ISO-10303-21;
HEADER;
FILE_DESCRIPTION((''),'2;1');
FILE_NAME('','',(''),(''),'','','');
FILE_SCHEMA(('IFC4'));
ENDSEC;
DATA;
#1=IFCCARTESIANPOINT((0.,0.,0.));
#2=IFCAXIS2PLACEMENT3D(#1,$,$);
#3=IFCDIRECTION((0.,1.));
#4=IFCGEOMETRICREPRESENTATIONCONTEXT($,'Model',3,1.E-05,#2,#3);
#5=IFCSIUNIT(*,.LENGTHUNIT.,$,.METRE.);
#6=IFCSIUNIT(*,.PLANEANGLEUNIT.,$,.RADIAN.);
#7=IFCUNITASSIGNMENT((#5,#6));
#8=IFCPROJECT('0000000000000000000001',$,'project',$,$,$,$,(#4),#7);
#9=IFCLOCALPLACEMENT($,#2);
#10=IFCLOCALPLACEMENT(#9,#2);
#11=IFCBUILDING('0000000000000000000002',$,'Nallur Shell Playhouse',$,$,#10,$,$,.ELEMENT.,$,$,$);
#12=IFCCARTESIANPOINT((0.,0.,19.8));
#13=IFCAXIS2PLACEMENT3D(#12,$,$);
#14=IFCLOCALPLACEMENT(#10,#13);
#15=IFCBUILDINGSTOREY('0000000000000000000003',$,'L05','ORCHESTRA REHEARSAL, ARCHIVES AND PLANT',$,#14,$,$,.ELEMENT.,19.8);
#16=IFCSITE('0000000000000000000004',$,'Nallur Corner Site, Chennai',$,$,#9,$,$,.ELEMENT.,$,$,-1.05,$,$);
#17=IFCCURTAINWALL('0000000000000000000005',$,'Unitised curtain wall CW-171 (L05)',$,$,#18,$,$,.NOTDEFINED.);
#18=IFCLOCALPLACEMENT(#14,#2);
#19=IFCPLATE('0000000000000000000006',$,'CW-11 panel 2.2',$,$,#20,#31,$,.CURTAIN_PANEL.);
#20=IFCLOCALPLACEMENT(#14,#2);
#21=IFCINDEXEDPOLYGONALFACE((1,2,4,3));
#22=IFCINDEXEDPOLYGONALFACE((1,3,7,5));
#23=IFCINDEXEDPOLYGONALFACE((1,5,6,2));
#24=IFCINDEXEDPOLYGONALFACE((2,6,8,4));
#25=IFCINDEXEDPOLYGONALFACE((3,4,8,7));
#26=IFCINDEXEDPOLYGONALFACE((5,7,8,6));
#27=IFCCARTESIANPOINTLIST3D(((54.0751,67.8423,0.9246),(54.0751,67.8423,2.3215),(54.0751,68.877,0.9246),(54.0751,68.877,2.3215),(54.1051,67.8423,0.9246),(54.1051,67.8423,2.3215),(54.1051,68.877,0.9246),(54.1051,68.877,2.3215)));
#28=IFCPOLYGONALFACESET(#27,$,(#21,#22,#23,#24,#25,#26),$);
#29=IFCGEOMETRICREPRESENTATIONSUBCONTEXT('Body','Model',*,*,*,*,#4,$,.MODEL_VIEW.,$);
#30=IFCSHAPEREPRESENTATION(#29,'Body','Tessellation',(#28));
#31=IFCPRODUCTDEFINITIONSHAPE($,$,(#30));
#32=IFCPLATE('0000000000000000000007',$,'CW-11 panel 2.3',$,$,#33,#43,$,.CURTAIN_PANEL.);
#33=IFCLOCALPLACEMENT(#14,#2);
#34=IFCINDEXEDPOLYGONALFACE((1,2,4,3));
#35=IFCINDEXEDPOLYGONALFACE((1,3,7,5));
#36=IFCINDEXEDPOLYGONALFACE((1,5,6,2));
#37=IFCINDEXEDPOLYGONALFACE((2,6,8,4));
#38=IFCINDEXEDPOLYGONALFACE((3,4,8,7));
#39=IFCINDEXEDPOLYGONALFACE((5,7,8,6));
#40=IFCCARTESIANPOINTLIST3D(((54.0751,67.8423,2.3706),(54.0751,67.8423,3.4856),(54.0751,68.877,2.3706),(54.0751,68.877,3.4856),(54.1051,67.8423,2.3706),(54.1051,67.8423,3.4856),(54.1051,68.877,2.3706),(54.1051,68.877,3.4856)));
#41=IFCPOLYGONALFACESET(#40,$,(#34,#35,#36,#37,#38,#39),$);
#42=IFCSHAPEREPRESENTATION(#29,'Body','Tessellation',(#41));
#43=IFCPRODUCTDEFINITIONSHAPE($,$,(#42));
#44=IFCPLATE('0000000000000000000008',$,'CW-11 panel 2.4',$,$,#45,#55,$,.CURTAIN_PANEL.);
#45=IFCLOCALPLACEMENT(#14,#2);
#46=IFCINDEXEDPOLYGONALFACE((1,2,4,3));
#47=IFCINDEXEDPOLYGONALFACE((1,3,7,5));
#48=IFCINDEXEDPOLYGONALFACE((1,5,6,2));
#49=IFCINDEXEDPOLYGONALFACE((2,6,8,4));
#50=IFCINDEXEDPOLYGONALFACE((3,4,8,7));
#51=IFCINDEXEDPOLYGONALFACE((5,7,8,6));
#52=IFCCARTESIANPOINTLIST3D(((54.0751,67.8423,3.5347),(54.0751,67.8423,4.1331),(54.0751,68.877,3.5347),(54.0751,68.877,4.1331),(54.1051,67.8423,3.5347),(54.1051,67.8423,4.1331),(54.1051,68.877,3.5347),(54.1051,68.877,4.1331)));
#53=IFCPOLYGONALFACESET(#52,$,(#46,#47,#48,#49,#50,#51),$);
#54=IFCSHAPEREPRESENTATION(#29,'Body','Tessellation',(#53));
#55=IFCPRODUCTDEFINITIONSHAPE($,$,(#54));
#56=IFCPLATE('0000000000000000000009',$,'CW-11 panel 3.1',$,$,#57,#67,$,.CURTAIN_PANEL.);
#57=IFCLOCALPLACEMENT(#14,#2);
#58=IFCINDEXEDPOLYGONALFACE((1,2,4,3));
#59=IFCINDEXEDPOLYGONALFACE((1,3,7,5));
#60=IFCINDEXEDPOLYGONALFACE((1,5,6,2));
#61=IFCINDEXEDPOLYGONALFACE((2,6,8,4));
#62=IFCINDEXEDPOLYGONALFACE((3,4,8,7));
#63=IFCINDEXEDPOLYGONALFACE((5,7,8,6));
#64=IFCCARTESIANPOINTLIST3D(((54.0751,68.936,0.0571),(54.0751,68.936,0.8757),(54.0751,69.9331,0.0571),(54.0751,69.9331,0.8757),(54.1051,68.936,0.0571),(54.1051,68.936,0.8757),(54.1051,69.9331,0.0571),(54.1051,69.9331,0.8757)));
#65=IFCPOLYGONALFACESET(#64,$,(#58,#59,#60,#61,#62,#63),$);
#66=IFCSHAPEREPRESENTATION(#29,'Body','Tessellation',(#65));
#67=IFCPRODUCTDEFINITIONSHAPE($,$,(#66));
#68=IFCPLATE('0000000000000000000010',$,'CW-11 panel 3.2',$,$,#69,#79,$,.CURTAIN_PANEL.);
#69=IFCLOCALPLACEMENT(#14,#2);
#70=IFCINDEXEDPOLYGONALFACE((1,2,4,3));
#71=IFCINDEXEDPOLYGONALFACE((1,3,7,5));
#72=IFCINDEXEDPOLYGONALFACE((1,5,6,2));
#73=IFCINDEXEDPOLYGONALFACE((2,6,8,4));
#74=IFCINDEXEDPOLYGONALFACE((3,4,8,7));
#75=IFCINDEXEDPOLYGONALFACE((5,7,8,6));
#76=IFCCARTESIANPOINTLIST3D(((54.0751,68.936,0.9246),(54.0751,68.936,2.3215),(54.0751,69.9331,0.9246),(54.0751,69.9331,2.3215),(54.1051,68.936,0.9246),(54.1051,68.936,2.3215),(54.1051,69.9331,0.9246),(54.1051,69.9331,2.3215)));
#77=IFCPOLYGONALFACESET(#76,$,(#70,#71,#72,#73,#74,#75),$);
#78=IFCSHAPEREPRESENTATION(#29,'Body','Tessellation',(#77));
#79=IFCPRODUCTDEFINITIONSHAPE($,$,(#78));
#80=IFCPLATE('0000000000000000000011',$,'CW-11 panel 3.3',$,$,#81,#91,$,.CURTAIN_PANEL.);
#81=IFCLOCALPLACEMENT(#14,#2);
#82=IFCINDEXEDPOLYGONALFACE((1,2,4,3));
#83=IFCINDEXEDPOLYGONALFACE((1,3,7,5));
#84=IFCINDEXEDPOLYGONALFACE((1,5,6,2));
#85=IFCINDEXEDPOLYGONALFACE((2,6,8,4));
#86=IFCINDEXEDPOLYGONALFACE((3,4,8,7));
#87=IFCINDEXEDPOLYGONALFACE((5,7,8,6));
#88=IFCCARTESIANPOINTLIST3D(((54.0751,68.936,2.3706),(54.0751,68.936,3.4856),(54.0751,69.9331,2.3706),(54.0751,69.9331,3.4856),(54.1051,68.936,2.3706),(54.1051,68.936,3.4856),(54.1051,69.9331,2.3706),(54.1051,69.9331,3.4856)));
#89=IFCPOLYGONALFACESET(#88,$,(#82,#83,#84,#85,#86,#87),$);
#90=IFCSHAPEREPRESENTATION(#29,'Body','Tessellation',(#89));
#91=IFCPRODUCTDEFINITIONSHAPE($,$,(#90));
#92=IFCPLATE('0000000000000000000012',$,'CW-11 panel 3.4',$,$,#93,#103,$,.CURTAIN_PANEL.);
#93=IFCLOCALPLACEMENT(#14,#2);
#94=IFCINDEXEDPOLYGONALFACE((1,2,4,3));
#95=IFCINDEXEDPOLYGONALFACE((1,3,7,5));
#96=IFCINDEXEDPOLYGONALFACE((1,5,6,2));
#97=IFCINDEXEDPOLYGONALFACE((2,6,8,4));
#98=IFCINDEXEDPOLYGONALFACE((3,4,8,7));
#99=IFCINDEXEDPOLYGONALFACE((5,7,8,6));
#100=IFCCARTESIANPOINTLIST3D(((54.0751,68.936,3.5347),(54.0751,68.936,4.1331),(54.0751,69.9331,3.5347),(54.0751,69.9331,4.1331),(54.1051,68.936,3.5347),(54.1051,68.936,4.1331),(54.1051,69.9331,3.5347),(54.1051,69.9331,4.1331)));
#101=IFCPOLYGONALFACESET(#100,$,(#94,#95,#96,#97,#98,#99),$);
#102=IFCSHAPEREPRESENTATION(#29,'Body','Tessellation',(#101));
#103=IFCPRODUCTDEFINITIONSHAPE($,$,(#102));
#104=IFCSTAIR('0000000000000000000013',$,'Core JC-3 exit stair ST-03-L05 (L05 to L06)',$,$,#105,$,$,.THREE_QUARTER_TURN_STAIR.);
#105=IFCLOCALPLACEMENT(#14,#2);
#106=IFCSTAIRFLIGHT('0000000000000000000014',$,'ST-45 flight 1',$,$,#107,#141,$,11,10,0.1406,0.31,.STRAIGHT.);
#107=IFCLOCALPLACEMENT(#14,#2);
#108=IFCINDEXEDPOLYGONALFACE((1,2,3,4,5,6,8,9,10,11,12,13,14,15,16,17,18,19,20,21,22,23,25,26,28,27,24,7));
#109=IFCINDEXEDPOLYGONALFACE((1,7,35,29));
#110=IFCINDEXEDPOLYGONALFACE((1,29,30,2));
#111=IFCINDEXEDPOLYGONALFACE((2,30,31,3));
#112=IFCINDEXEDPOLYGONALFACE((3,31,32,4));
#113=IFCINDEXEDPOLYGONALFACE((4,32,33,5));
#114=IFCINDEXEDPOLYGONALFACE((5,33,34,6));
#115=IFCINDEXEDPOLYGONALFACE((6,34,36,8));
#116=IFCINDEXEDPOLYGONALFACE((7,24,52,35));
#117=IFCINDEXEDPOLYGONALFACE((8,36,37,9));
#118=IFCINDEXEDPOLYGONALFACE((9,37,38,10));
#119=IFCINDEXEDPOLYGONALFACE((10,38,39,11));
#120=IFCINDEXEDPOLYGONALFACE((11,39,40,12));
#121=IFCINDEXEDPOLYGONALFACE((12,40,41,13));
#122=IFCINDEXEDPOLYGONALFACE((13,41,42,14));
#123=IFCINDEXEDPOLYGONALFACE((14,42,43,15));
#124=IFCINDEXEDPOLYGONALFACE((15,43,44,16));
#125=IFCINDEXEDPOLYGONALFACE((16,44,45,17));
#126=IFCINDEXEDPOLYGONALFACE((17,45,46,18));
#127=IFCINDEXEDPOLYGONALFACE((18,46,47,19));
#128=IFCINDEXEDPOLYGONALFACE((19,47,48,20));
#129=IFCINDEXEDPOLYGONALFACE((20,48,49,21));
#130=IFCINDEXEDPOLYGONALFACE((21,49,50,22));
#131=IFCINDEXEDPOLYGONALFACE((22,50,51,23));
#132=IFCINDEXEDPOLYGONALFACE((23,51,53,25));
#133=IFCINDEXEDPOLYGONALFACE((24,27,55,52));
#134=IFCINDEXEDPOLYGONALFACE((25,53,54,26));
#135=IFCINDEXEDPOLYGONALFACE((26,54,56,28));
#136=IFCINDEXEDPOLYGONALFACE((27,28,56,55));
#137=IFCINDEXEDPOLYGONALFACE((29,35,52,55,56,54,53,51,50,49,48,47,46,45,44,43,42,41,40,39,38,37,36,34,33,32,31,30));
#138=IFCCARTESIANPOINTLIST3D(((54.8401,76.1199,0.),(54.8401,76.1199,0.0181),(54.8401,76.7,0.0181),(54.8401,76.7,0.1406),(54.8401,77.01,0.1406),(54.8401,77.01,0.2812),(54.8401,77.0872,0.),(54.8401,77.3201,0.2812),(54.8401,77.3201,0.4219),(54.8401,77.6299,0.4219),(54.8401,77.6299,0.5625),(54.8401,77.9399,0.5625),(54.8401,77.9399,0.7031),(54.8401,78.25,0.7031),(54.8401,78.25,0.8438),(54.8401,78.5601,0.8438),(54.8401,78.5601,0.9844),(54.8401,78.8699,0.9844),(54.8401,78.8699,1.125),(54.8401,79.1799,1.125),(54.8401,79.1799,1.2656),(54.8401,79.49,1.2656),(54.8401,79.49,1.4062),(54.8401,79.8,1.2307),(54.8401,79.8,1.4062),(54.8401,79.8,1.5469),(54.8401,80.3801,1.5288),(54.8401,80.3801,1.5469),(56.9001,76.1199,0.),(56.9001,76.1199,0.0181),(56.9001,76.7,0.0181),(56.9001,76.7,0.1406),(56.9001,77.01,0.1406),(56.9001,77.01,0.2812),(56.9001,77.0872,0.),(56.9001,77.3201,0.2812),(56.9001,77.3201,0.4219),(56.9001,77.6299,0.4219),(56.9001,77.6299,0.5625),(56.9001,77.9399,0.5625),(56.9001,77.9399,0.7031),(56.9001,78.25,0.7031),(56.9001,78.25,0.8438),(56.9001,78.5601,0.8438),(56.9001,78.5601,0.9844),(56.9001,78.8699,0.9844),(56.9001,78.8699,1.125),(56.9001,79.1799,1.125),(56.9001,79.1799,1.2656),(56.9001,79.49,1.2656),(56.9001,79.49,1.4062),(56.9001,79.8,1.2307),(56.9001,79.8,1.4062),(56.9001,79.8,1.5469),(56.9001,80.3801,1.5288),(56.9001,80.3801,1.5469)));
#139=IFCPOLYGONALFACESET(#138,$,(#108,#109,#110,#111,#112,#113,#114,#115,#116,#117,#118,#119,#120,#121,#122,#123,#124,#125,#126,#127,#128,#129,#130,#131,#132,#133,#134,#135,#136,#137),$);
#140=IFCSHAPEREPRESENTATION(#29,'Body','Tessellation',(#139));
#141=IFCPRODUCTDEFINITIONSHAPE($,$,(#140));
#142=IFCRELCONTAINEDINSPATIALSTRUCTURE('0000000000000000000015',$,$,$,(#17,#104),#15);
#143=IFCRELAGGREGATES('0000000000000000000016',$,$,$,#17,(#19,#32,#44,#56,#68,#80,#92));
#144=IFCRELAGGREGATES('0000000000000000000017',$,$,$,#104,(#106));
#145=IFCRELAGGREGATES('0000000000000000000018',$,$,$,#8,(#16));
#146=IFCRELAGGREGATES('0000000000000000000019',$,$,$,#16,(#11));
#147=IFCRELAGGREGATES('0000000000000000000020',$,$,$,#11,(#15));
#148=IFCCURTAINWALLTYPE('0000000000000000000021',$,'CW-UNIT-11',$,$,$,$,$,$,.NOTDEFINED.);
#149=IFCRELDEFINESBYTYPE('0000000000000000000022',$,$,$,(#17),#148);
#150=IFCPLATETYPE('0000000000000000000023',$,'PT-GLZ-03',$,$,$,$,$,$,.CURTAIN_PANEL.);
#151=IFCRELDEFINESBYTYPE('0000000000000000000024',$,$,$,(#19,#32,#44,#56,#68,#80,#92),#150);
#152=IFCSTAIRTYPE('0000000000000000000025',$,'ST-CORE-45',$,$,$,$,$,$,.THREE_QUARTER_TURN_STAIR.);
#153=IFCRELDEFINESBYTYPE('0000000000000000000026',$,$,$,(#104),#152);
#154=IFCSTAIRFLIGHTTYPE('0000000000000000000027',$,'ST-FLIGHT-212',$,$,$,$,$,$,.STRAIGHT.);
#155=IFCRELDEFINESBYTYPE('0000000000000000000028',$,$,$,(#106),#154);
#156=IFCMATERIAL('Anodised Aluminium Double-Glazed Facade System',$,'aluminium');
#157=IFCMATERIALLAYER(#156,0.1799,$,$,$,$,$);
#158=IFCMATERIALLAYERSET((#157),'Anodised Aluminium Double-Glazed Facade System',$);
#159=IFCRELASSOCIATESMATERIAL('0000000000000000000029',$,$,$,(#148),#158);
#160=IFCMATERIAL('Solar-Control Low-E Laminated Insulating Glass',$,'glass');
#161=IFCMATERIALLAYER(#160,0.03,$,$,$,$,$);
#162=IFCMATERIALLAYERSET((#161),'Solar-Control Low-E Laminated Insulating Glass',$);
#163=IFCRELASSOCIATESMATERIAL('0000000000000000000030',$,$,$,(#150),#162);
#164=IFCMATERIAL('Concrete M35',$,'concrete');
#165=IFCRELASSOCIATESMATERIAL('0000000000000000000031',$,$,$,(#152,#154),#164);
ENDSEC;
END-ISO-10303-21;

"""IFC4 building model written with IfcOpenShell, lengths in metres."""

from ifc_helpers import new_model, si_unit, direction, frame, origin, origin_2d, place, context, subcontext, project, spatial, polyline, rectangle, outline, extrude, material, layer, layer_set, type_object, element, aggregate, save


model = new_model("IFC4")

# Units and contexts
model_context = context("Model", 3, precision=1e-05, world=origin(), true_north=direction((0.0, 1.0)))
body_context = subcontext(model_context, "Body", "Model", "MODEL_VIEW")
ifc_project = project(units=[si_unit("LENGTHUNIT", "METRE"), si_unit("PLANEANGLEUNIT", "RADIAN")], contexts=[model_context])

# Site, building, storey
site_placement = place(None, origin())
site = spatial("IfcSite", under=ifc_project, at=site_placement, Name="Nallur Corner Site, Chennai", CompositionType="ELEMENT", RefElevation=-1.05)
building_placement = place(site_placement, origin())
building = spatial("IfcBuilding", under=site, at=building_placement, Name="Nallur Shell Playhouse", CompositionType="ELEMENT")
storey_placement = place(building_placement, frame((0.0, 0.0, 19.8)))
storey = spatial("IfcBuildingStorey", under=building, at=storey_placement, Name="L05", Description="ORCHESTRA REHEARSAL, ARCHIVES AND PLANT", CompositionType="ELEMENT", Elevation=19.8)

# Curtain wall, plates
ifc_material_1 = material(Name="Anodised Aluminium Double-Glazed Facade System", Category="aluminium")
ifc_layer_1 = layer(ifc_material_1, 0.1799)
ifc_layer_set_1 = layer_set([ifc_layer_1], Name="Anodised Aluminium Double-Glazed Facade System")
curtain_wall_type = type_object("IfcCurtainWallType", Name="CW-UNIT-11", PredefinedType="NOTDEFINED", material=ifc_layer_set_1)
curtain_wall_placement = place(storey_placement, origin())
curtain_wall = element("IfcCurtainWall", 1, at=curtain_wall_placement, inside=storey, type_object=curtain_wall_type, Name="Unitised curtain wall CW-171 (L05)", PredefinedType="NOTDEFINED")
ifc_material_2 = material(Name="Solar-Control Low-E Laminated Insulating Glass", Category="glass")
ifc_layer_2 = layer(ifc_material_2, 0.03)
ifc_layer_set_2 = layer_set([ifc_layer_2], Name="Solar-Control Low-E Laminated Insulating Glass")
plate_type = type_object("IfcPlateType", Name="PT-GLZ-03", PredefinedType="CURTAIN_PANEL", material=ifc_layer_set_2)
plate_1_placement = place(storey_placement, frame((54.0901, 68.3596, 0.9246), z_axis=(0.0, 0.0, 1.0), x_axis=(0.0, 1.0, 0.0)))
plate_1 = element("IfcPlate", 2, at=plate_1_placement, type_object=plate_type, Name="CW-11 panel 2.2", PredefinedType="CURTAIN_PANEL", context=body_context, shape_type="SweptSolid", body=[
    extrude(rectangle(XDim=1.0347, YDim=0.03, at=origin_2d()), origin(), (0.0, 0.0, 1.0), 1.397),
])
plate_2_placement = place(storey_placement, frame((54.0901, 68.3596, 2.3706), z_axis=(0.0, 0.0, 1.0), x_axis=(0.0, 1.0, 0.0)))
plate_2 = element("IfcPlate", 3, at=plate_2_placement, type_object=plate_type, Name="CW-11 panel 2.3", PredefinedType="CURTAIN_PANEL", context=body_context, shape_type="SweptSolid", body=[
    extrude(rectangle(XDim=1.0347, YDim=0.03, at=origin_2d()), origin(), (0.0, 0.0, 1.0), 1.115),
])
plate_3_placement = place(storey_placement, frame((54.0901, 68.3596, 3.5347), z_axis=(0.0, 0.0, 1.0), x_axis=(0.0, 1.0, 0.0)))
plate_3 = element("IfcPlate", 4, at=plate_3_placement, type_object=plate_type, Name="CW-11 panel 2.4", PredefinedType="CURTAIN_PANEL", context=body_context, shape_type="SweptSolid", body=[
    extrude(rectangle(XDim=1.0347, YDim=0.03, at=origin_2d()), origin(), (0.0, 0.0, 1.0), 0.5984),
])
plate_4_placement = place(storey_placement, frame((54.0901, 69.4346, 0.0571), z_axis=(0.0, 0.0, 1.0), x_axis=(0.0, 1.0, 0.0)))
plate_4 = element("IfcPlate", 5, at=plate_4_placement, type_object=plate_type, Name="CW-11 panel 3.1", PredefinedType="CURTAIN_PANEL", context=body_context, shape_type="SweptSolid", body=[
    extrude(rectangle(XDim=0.9971, YDim=0.03, at=origin_2d()), origin(), (0.0, 0.0, 1.0), 0.8186),
])
plate_5_placement = place(storey_placement, frame((54.0901, 69.4346, 0.9246), z_axis=(0.0, 0.0, 1.0), x_axis=(0.0, 1.0, 0.0)))
plate_5 = element("IfcPlate", 6, at=plate_5_placement, type_object=plate_type, Name="CW-11 panel 3.2", PredefinedType="CURTAIN_PANEL", context=body_context, shape_type="SweptSolid", body=[
    extrude(rectangle(XDim=0.9971, YDim=0.03, at=origin_2d()), origin(), (0.0, 0.0, 1.0), 1.397),
])
plate_6_placement = place(storey_placement, frame((54.0901, 69.4346, 2.3706), z_axis=(0.0, 0.0, 1.0), x_axis=(0.0, 1.0, 0.0)))
plate_6 = element("IfcPlate", 7, at=plate_6_placement, type_object=plate_type, Name="CW-11 panel 3.3", PredefinedType="CURTAIN_PANEL", context=body_context, shape_type="SweptSolid", body=[
    extrude(rectangle(XDim=0.9971, YDim=0.03, at=origin_2d()), origin(), (0.0, 0.0, 1.0), 1.115),
])
plate_7_placement = place(storey_placement, frame((54.0901, 69.4346, 3.5347), z_axis=(0.0, 0.0, 1.0), x_axis=(0.0, 1.0, 0.0)))
plate_7 = element("IfcPlate", 8, at=plate_7_placement, type_object=plate_type, Name="CW-11 panel 3.4", PredefinedType="CURTAIN_PANEL", context=body_context, shape_type="SweptSolid", body=[
    extrude(rectangle(XDim=0.9971, YDim=0.03, at=origin_2d()), origin(), (0.0, 0.0, 1.0), 0.5984),
])
aggregate(curtain_wall, [plate_1, plate_2, plate_3, plate_4, plate_5, plate_6, plate_7])

# Stair, stair flight
ifc_material_3 = material(Name="Concrete M35", Category="concrete")
stair_type = type_object("IfcStairType", Name="ST-CORE-45", PredefinedType="THREE_QUARTER_TURN_STAIR", material=ifc_material_3)
stair_placement = place(storey_placement, origin())
stair = element("IfcStair", 9, at=stair_placement, inside=storey, type_object=stair_type, Name="Core JC-3 exit stair ST-03-L05 (L05 to L06)", PredefinedType="THREE_QUARTER_TURN_STAIR")
stair_flight_type = type_object("IfcStairFlightType", Name="ST-FLIGHT-212", PredefinedType="STRAIGHT", material=ifc_material_3)
stair_flight_placement = place(storey_placement, frame((55.8701, 76.7, 0.0), z_axis=(0.0, 0.0, 1.0), x_axis=(0.0, 1.0, 0.0)))
stair_flight = element("IfcStairFlight", 10, at=stair_flight_placement, type_object=stair_flight_type, Name="ST-45 flight 1", NumberOfRisers=11, NumberOfTreads=10, PredefinedType="STRAIGHT", RiserHeight=0.1406, TreadLength=0.31, context=body_context, shape_type="SweptSolid", body=[
    extrude(outline(polyline([(-0.5801, 0.0), (-0.5801, 0.0181), (0.0, 0.0181), (0.0, 0.1406), (0.3101, 0.1406), (0.3101, 0.2812), (0.6201, 0.2812), (0.6201, 0.4219), (0.9299, 0.4219), (0.9299, 0.5625), (1.24, 0.5625), (1.24, 0.7031), (1.55, 0.7031), (1.55, 0.8438), (1.8601, 0.8438), (1.8601, 0.9844), (2.1699, 0.9844), (2.1699, 1.125), (2.48, 1.125), (2.48, 1.2656), (2.79, 1.2656), (2.79, 1.4062), (3.1001, 1.4062), (3.1001, 1.5469), (3.6802, 1.5469), (3.6802, 1.5288), (3.1001, 1.2307), (0.3872, 0.0), (-0.5801, 0.0)])), frame((0.0, 1.03, 0.0), z_axis=(0.0, -1.0, 0.0), x_axis=(1.0, 0.0, 0.0)), (0.0, 0.0, 1.0), 2.0601),
])
aggregate(stair, [stair_flight])

save(model, "model.ifc")
